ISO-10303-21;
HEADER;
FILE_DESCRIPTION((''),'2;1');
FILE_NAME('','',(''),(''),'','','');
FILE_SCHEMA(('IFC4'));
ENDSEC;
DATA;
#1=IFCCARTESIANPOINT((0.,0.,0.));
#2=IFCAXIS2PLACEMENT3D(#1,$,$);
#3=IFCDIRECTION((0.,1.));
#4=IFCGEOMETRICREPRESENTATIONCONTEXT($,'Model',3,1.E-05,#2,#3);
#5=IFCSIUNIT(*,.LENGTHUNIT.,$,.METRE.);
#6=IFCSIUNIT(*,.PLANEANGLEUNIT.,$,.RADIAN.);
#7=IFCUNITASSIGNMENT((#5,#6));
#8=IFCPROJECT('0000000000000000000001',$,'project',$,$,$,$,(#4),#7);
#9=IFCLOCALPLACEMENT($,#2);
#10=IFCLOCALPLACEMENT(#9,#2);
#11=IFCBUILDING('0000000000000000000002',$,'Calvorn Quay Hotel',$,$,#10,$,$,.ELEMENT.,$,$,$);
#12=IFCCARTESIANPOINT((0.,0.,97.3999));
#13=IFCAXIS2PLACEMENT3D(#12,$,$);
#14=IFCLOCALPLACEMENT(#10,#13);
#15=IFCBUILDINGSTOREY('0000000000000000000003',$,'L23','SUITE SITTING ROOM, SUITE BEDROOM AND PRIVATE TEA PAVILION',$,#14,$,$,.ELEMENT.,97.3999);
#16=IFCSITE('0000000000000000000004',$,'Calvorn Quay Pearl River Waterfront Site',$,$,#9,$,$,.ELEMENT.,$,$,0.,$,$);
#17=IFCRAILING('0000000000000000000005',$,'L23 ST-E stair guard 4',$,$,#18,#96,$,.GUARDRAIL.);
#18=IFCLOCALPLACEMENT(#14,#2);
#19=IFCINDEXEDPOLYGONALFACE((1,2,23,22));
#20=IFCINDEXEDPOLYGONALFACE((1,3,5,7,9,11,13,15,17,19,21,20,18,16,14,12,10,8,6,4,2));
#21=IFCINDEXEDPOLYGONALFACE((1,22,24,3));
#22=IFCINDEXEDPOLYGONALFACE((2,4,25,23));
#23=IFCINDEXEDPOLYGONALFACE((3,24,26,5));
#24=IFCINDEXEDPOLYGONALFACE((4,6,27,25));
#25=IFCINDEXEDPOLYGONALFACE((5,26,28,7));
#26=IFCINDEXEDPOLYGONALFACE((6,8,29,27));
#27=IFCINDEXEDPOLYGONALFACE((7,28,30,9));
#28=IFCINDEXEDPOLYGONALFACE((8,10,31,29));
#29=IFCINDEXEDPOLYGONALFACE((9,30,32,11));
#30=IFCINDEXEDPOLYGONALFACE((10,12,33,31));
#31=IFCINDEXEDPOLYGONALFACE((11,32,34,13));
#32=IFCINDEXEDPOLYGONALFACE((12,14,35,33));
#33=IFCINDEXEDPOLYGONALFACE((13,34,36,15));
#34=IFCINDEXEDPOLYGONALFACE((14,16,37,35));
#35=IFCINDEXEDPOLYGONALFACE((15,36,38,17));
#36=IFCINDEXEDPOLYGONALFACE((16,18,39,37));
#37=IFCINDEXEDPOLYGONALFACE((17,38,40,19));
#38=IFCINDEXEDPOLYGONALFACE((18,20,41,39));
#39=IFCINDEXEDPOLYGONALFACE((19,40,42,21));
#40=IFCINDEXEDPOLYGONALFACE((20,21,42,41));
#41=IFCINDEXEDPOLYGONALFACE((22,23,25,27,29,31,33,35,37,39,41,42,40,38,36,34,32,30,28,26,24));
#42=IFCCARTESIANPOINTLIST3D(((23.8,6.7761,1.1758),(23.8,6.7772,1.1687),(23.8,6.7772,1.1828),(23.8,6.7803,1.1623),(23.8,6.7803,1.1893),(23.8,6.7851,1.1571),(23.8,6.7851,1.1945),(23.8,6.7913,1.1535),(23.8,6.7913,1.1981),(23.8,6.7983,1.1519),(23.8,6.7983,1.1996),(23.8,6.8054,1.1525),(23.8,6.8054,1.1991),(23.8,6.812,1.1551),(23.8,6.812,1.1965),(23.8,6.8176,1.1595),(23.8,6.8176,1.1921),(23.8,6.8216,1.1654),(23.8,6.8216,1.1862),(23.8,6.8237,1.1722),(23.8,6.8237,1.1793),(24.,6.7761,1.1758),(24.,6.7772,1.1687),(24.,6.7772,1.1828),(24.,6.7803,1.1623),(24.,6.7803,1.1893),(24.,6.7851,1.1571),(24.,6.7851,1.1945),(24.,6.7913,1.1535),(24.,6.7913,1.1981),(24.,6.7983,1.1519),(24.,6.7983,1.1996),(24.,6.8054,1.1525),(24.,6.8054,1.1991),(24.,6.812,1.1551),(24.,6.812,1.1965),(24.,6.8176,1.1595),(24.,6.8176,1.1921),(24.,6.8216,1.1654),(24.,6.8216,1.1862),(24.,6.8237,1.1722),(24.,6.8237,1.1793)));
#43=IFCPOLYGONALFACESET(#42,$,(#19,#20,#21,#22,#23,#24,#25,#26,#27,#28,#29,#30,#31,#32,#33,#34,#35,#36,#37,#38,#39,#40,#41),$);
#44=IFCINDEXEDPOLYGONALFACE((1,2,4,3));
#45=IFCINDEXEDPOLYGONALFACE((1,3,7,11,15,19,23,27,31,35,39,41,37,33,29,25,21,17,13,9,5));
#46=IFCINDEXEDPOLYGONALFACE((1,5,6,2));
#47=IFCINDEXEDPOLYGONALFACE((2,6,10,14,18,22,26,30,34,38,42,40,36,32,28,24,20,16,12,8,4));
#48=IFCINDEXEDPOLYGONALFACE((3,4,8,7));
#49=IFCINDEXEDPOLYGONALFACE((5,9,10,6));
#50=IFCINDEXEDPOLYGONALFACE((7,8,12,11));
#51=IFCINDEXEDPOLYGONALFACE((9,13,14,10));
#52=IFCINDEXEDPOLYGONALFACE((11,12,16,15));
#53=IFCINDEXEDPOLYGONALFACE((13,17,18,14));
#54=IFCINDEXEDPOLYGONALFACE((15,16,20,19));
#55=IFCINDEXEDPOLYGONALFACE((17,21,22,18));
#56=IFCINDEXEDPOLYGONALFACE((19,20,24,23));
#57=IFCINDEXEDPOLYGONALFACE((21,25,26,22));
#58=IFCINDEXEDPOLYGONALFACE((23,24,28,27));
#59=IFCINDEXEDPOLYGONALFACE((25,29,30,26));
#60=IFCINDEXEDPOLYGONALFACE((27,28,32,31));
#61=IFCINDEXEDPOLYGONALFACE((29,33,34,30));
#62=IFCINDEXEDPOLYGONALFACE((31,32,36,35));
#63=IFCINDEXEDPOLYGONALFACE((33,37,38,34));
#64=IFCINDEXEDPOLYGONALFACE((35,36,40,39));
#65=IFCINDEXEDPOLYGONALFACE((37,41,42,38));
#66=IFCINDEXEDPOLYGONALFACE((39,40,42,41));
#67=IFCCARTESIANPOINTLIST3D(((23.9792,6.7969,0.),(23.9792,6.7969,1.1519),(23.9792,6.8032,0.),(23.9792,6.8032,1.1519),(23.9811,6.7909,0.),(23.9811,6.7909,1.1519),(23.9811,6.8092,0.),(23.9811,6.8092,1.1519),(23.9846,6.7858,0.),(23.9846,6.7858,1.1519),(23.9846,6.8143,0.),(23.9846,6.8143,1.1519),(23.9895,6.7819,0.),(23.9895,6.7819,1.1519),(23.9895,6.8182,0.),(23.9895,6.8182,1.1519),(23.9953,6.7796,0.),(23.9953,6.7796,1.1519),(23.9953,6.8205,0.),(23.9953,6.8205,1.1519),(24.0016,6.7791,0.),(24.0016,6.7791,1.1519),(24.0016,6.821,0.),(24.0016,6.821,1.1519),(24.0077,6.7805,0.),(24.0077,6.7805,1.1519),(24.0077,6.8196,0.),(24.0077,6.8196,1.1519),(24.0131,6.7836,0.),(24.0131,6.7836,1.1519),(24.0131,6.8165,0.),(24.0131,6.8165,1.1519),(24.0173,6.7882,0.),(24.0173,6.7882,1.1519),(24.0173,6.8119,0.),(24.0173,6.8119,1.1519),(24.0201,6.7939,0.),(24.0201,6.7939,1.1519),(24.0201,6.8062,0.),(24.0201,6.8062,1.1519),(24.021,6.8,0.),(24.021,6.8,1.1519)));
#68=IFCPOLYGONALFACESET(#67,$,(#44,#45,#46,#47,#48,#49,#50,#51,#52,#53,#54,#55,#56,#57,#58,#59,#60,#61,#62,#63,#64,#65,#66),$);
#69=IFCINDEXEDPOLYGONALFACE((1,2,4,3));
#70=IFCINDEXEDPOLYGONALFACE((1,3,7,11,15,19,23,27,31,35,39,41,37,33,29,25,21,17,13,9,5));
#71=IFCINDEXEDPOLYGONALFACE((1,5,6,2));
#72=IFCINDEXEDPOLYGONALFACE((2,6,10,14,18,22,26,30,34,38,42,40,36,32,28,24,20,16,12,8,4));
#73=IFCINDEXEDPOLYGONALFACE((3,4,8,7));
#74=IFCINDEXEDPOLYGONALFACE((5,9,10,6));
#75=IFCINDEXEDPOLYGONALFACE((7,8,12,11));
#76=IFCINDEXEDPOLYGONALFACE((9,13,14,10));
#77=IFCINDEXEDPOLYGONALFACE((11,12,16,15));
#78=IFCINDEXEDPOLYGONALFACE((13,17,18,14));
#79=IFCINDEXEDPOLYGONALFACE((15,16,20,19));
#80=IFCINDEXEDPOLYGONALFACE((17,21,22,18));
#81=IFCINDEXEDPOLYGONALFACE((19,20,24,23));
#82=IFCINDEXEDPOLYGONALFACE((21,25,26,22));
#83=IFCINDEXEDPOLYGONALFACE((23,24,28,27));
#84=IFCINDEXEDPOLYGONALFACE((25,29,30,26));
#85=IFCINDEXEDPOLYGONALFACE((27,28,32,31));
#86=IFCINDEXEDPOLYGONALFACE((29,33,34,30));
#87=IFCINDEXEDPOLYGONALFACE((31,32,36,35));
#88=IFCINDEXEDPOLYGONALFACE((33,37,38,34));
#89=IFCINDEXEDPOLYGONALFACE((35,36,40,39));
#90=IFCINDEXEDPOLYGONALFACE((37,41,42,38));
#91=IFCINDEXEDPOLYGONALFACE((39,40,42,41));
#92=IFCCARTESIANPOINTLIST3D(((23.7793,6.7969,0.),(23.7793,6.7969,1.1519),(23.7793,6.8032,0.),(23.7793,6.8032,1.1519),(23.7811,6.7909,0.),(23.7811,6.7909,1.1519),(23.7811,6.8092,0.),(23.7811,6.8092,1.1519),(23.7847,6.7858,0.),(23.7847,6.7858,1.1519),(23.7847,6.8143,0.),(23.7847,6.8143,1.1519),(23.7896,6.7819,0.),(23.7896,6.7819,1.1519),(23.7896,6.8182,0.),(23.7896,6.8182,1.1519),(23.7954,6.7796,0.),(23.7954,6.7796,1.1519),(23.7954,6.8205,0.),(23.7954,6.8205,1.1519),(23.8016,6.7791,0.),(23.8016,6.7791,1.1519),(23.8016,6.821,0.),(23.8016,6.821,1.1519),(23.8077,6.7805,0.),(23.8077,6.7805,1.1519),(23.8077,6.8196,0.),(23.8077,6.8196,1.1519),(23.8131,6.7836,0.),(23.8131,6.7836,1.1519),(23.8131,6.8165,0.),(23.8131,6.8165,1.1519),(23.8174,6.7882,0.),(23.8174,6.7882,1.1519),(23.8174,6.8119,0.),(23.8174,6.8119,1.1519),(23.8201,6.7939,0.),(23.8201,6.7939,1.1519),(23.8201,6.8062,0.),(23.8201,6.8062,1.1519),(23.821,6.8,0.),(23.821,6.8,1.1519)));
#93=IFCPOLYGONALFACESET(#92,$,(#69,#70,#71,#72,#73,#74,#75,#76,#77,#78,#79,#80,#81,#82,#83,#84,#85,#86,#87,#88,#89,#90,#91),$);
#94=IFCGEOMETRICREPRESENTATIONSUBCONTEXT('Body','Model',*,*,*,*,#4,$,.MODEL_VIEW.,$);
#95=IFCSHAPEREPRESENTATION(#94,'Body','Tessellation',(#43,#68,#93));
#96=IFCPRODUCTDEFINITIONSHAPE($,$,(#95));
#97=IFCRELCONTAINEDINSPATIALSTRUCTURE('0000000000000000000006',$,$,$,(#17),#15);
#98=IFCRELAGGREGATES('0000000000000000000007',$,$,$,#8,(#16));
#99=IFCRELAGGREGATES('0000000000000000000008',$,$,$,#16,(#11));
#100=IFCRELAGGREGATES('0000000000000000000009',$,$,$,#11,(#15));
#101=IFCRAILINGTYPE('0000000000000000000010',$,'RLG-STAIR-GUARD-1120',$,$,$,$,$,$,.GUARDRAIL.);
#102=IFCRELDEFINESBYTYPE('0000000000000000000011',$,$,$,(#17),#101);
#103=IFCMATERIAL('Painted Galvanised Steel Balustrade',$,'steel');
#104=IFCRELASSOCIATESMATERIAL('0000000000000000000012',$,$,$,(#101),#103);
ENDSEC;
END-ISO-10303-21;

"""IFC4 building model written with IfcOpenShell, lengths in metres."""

from ifc_helpers import new_model, si_unit, direction, frame, origin, origin_2d, place, context, subcontext, project, spatial, circle, extrude, material, type_object, element, save


model = new_model("IFC4")

# Units and contexts
model_context = context("Model", 3, precision=1e-05, world=origin(), true_north=direction((0.0, 1.0)))
body_context = subcontext(model_context, "Body", "Model", "MODEL_VIEW")
ifc_project = project(units=[si_unit("LENGTHUNIT", "METRE"), si_unit("PLANEANGLEUNIT", "RADIAN")], contexts=[model_context])

# Site, building, storey
site_placement = place(None, origin())
site = spatial("IfcSite", under=ifc_project, at=site_placement, Name="Calvorn Quay Pearl River Waterfront Site", CompositionType="ELEMENT", RefElevation=0.0)
building_placement = place(site_placement, origin())
building = spatial("IfcBuilding", under=site, at=building_placement, Name="Calvorn Quay Hotel", CompositionType="ELEMENT")
storey_placement = place(building_placement, frame((0.0, 0.0, 97.3999)))
storey = spatial("IfcBuildingStorey", under=building, at=storey_placement, Name="L23", Description="SUITE SITTING ROOM, SUITE BEDROOM AND PRIVATE TEA PAVILION", CompositionType="ELEMENT", Elevation=97.3999)

# Railing
ifc_material_1 = material(Name="Painted Galvanised Steel Balustrade", Category="steel")
railing_type_1 = type_object("IfcRailingType", Name="RLG-STAIR-GUARD-1120", PredefinedType="GUARDRAIL", material=ifc_material_1)
railing_1_placement = place(storey_placement, frame((24.0, 6.8, 0.0)))
element("IfcRailing", 1, at=railing_1_placement, inside=storey, type_object=railing_type_1, Name="L23 ST-E stair guard 4", PredefinedType="GUARDRAIL", context=body_context, shape_type="SweptSolid", body=[
    extrude(circle(Radius=0.0239, at=origin_2d()), frame((0.0, 0.0, 1.1758), z_axis=(-1.0, 0.0, 0.0), x_axis=(0.0, -1.0, 0.0)), (0.0, 0.0, 1.0), 0.2),
    extrude(circle(Radius=0.021, at=origin_2d()), origin(), (0.0, 0.0, 1.0), 1.1519),
    extrude(circle(Radius=0.021, at=origin_2d()), frame((-0.2, 0.0, 0.0)), (0.0, 0.0, 1.0), 1.1519),
])

save(model, "model.ifc")
